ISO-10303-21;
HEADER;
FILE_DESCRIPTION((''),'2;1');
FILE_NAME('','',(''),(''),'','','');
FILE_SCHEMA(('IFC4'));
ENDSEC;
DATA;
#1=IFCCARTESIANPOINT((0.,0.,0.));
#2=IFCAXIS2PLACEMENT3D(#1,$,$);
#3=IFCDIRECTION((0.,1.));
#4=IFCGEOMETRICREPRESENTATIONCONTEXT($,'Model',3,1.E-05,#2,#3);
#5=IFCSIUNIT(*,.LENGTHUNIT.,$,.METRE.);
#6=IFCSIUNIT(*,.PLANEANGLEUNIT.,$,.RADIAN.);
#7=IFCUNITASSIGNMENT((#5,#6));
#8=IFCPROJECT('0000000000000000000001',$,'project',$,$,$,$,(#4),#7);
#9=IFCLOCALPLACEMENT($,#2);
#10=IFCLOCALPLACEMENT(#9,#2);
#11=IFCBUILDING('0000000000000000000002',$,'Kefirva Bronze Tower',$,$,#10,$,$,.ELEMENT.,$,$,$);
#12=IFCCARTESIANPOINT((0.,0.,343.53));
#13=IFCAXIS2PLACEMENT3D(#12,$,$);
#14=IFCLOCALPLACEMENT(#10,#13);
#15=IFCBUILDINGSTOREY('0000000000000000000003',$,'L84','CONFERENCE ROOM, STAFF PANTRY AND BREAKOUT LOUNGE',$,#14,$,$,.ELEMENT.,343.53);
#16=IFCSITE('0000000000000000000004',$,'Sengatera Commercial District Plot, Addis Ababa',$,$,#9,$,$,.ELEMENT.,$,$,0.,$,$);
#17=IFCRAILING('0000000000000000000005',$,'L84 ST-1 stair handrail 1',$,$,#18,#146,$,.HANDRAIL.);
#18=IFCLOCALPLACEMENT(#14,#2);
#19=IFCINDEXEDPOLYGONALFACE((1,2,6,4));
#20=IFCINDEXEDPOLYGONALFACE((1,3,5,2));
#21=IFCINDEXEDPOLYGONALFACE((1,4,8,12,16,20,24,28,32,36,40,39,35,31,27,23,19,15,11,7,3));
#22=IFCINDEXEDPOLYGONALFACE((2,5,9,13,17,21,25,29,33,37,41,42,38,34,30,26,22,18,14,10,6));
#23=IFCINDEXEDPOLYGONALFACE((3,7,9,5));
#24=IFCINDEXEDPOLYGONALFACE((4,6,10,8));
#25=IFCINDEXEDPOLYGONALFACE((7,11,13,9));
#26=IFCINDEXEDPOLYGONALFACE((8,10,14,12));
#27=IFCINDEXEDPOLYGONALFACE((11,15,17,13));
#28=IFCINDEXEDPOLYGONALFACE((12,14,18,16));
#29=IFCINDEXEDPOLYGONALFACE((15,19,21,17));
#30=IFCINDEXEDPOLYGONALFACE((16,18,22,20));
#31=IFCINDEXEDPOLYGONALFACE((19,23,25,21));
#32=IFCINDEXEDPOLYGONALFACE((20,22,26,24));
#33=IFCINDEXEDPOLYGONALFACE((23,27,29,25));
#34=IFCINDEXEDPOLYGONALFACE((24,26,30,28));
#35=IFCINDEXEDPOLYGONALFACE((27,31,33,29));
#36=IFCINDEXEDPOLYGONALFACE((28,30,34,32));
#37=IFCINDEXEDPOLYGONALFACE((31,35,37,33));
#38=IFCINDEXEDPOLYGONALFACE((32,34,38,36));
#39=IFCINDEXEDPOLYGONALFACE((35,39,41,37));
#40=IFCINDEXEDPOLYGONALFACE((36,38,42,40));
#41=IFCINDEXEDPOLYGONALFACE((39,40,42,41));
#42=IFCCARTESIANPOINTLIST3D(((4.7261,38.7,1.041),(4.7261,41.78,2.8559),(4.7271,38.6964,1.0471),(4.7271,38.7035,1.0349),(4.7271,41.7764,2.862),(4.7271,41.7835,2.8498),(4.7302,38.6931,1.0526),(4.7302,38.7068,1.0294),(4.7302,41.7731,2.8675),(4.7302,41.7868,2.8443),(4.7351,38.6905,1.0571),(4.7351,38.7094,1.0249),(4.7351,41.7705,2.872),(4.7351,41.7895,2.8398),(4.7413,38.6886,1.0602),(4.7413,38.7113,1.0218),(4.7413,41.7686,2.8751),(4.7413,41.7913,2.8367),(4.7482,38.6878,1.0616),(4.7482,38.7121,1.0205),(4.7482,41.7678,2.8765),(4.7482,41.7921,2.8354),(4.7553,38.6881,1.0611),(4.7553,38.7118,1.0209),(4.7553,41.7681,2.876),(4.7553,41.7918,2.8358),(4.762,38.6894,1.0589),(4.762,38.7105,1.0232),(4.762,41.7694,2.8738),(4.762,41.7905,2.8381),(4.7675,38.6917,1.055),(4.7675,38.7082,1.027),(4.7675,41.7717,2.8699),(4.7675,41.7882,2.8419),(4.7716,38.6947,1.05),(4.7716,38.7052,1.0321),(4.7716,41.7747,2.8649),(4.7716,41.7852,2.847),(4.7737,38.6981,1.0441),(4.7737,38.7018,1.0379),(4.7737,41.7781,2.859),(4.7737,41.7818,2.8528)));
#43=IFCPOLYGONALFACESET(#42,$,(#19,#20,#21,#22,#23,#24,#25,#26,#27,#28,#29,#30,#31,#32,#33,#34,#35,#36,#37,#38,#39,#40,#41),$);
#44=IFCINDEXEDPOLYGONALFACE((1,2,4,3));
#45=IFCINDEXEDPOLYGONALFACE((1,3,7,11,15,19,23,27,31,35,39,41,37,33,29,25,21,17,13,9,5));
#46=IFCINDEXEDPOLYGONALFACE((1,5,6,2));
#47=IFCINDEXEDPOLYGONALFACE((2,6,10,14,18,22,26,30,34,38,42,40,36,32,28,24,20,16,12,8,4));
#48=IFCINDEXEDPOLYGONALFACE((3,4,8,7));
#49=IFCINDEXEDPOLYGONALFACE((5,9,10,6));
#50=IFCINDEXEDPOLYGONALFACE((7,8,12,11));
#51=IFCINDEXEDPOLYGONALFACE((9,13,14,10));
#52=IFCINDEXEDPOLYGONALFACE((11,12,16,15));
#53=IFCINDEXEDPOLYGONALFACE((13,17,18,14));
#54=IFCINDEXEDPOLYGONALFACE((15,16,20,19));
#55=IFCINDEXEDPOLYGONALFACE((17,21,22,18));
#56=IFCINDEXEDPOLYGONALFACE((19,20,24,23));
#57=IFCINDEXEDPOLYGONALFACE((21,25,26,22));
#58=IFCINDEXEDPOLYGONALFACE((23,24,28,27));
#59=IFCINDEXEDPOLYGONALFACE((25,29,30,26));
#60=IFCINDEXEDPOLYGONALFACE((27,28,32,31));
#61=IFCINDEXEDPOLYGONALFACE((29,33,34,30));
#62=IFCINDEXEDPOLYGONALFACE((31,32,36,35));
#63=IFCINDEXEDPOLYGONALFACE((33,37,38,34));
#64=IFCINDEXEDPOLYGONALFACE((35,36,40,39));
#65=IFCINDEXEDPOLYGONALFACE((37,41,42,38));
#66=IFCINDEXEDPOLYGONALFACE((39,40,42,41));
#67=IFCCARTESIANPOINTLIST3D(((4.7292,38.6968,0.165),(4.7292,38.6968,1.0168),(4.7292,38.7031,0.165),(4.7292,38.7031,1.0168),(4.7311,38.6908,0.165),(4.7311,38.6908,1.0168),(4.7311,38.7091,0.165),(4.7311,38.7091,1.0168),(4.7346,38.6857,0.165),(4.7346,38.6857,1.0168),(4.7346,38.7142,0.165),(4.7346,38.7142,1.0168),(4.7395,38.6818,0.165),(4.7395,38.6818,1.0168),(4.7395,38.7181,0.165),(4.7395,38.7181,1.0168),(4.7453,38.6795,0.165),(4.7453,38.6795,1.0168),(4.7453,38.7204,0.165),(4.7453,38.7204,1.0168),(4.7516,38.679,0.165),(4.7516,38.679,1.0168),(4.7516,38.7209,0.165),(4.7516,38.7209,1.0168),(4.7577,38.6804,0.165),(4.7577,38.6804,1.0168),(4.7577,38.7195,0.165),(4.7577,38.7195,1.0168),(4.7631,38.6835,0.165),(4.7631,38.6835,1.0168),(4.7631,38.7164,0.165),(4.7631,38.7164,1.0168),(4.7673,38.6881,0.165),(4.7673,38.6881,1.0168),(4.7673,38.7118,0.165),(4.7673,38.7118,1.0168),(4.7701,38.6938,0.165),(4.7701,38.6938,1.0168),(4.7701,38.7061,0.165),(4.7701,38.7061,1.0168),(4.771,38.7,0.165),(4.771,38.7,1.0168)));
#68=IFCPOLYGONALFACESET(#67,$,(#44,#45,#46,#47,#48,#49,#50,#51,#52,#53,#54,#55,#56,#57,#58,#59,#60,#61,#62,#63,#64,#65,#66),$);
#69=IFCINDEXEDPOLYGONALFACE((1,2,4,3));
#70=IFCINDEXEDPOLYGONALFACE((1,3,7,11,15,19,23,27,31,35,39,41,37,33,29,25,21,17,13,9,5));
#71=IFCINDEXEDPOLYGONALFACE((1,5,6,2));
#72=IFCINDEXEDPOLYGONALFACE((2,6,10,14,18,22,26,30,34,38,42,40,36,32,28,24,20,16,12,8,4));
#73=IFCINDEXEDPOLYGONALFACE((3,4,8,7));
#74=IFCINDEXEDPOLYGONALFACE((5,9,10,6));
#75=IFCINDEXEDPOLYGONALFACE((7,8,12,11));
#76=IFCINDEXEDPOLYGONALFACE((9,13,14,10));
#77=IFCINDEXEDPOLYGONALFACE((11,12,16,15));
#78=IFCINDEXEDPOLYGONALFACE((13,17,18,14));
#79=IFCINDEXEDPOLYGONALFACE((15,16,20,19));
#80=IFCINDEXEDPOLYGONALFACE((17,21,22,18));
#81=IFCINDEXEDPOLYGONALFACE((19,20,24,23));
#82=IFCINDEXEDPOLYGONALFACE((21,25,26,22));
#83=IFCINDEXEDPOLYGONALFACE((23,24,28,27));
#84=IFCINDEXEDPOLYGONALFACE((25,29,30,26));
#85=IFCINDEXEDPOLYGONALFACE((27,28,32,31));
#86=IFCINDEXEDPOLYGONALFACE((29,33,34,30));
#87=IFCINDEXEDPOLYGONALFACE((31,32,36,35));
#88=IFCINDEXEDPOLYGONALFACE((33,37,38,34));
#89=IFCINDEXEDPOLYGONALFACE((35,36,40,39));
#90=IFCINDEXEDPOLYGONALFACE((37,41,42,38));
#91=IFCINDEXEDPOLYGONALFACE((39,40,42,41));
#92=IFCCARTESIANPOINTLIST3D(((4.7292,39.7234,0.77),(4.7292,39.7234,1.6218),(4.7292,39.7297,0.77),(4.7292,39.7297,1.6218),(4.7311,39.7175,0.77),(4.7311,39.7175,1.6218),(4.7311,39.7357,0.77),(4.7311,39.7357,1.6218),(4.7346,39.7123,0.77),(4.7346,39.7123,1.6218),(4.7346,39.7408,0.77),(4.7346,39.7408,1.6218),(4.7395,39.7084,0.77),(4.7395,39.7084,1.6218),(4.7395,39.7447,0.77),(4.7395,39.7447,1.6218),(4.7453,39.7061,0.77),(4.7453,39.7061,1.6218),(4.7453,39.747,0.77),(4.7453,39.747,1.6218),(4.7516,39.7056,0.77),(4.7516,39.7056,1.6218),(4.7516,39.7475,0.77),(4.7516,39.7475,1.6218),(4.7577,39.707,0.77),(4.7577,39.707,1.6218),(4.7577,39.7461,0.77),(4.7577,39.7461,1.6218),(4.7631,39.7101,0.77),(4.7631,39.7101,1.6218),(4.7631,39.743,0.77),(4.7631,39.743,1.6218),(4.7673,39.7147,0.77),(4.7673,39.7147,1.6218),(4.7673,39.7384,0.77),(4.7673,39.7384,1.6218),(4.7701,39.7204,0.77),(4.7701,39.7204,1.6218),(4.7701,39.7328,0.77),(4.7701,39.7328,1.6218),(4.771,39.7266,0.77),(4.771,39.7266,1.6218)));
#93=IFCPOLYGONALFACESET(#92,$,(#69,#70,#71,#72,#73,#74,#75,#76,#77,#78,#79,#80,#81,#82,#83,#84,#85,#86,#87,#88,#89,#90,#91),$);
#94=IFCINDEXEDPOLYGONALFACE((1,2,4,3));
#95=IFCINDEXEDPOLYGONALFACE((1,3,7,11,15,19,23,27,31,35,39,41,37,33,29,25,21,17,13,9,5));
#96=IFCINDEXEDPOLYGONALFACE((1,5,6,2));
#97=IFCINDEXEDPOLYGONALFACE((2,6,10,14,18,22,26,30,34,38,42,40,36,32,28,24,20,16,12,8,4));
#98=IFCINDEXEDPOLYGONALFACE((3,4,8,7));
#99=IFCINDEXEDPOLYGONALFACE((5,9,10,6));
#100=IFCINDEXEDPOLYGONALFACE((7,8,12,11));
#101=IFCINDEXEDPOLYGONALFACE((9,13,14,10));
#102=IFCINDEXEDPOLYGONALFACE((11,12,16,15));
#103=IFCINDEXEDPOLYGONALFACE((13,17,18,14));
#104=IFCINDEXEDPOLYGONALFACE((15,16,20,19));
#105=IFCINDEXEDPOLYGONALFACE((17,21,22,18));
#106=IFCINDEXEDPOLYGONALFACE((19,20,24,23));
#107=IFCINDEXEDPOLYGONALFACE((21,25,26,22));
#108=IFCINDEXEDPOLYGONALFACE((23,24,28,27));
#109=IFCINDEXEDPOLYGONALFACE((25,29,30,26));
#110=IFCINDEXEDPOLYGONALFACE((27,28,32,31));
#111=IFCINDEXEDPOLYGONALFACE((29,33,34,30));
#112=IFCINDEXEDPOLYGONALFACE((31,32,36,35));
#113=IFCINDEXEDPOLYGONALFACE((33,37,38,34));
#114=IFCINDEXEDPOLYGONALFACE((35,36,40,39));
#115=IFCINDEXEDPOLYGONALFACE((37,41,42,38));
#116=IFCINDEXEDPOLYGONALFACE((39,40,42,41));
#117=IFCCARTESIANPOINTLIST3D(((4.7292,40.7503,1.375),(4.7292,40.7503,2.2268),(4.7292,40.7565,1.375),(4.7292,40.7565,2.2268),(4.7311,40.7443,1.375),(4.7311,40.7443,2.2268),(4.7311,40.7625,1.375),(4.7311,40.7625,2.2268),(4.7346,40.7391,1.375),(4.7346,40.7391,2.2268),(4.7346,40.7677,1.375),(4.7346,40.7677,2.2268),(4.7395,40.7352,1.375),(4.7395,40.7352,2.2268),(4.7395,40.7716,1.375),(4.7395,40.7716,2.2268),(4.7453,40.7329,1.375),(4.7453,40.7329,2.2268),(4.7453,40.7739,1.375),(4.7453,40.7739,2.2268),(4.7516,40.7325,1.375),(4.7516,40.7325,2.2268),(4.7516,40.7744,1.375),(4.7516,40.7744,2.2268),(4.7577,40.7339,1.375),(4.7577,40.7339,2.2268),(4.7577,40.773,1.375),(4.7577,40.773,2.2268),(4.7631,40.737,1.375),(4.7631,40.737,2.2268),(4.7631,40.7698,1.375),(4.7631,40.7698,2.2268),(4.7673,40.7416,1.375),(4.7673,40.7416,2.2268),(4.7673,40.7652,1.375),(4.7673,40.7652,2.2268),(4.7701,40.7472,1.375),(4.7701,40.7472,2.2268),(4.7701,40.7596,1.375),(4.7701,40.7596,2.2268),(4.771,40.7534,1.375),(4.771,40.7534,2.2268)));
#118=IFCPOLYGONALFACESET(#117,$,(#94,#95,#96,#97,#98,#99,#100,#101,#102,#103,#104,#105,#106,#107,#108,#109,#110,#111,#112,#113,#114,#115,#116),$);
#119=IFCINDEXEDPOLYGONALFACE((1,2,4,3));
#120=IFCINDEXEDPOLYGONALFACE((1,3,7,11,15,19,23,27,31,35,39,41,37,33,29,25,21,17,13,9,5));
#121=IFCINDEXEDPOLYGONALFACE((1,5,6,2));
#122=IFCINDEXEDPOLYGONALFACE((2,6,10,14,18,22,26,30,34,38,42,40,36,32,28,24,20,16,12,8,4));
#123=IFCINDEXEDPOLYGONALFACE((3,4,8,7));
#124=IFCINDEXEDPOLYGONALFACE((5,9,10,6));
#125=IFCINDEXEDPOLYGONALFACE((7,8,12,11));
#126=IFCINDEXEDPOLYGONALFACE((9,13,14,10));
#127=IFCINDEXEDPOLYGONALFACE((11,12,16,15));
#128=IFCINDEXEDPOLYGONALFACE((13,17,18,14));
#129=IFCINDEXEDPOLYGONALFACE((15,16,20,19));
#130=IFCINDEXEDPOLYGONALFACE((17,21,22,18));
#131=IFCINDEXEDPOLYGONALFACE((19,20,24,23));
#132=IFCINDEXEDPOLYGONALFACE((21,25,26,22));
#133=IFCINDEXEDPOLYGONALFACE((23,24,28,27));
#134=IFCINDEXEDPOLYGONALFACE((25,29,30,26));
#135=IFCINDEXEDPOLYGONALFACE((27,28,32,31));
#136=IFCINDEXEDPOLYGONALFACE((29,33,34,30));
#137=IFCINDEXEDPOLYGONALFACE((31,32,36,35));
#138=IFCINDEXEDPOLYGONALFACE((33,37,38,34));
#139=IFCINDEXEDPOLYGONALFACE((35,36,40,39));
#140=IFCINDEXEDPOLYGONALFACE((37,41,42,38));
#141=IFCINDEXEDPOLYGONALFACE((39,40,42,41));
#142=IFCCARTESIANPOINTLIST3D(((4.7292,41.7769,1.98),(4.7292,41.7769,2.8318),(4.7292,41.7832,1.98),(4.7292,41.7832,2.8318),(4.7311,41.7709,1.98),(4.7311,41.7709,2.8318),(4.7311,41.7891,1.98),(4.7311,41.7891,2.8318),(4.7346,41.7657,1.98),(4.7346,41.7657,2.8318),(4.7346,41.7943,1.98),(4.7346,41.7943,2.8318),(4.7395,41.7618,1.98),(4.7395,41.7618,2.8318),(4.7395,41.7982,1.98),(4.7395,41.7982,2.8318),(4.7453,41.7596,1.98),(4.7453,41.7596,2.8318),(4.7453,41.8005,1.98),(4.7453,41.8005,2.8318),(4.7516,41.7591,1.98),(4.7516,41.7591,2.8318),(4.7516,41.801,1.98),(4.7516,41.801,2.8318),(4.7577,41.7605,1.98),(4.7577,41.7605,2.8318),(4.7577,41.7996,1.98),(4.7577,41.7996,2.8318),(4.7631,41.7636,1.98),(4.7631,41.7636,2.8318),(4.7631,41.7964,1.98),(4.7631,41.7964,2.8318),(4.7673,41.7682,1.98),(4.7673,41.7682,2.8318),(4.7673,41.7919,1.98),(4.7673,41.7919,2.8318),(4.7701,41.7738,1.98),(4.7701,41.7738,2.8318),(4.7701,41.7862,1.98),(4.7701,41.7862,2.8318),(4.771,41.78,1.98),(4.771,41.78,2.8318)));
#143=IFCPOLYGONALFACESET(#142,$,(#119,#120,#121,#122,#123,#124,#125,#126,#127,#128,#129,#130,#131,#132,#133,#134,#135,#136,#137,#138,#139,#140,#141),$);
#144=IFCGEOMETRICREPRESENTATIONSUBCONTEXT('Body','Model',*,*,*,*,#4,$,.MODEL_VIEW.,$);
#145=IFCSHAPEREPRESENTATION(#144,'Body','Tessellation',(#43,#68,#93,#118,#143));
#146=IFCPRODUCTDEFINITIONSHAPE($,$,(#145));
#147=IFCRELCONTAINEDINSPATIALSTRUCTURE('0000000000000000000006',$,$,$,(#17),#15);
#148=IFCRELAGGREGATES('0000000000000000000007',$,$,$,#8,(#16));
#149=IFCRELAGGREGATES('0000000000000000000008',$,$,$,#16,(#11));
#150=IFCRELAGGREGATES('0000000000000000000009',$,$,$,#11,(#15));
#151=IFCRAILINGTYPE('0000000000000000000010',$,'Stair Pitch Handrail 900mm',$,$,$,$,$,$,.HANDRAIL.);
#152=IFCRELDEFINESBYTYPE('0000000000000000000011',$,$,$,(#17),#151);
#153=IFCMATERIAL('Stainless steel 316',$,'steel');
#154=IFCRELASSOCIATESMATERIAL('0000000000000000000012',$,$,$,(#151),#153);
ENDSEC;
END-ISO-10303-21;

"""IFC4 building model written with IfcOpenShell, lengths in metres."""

from ifc_helpers import new_model, si_unit, direction, frame, origin, origin_2d, place, context, subcontext, project, spatial, circle, extrude, material, type_object, element, save


model = new_model("IFC4")

# Units and contexts
model_context = context("Model", 3, precision=1e-05, world=origin(), true_north=direction((0.0, 1.0)))
body_context = subcontext(model_context, "Body", "Model", "MODEL_VIEW")
ifc_project = project(units=[si_unit("LENGTHUNIT", "METRE"), si_unit("PLANEANGLEUNIT", "RADIAN")], contexts=[model_context])

# Site, building, storey
site_placement = place(None, origin())
site = spatial("IfcSite", under=ifc_project, at=site_placement, Name="Sengatera Commercial District Plot, Addis Ababa", CompositionType="ELEMENT", RefElevation=0.0)
building_placement = place(site_placement, origin())
building = spatial("IfcBuilding", under=site, at=building_placement, Name="Kefirva Bronze Tower", CompositionType="ELEMENT")
storey_placement = place(building_placement, frame((0.0, 0.0, 343.53)))
storey = spatial("IfcBuildingStorey", under=building, at=storey_placement, Name="L84", Description="CONFERENCE ROOM, STAFF PANTRY AND BREAKOUT LOUNGE", CompositionType="ELEMENT", Elevation=343.53)

# Railing
ifc_material_1 = material(Name="Stainless steel 316", Category="steel")
railing_type_1 = type_object("IfcRailingType", Name="Stair Pitch Handrail 900mm", PredefinedType="HANDRAIL", material=ifc_material_1)
railing_1_placement = place(storey_placement, frame((4.75, 38.7, 0.165)))
element("IfcRailing", 1, at=railing_1_placement, inside=storey, type_object=railing_type_1, Name="L84 ST-1 stair handrail 1", PredefinedType="HANDRAIL", context=body_context, shape_type="SweptSolid", body=[
    extrude(circle(Radius=0.0239, at=origin_2d()), frame((0.0, 0.0, 0.876), z_axis=(0.0, 0.861551, 0.507671), x_axis=(-1.0, 0.0, 0.0)), (0.0, 0.0, 1.0), 3.575),
    extrude(circle(Radius=0.021, at=origin_2d()), origin(), (0.0, 0.0, 1.0), 0.8518),
    extrude(circle(Radius=0.021, at=origin_2d()), frame((0.0, 1.0266, 0.605)), (0.0, 0.0, 1.0), 0.8518),
    extrude(circle(Radius=0.021, at=origin_2d()), frame((0.0, 2.0535, 1.21)), (0.0, 0.0, 1.0), 0.8518),
    extrude(circle(Radius=0.021, at=origin_2d()), frame((0.0, 3.0801, 1.8149)), (0.0, 0.0, 1.0), 0.8518),
])

save(model, "model.ifc")
